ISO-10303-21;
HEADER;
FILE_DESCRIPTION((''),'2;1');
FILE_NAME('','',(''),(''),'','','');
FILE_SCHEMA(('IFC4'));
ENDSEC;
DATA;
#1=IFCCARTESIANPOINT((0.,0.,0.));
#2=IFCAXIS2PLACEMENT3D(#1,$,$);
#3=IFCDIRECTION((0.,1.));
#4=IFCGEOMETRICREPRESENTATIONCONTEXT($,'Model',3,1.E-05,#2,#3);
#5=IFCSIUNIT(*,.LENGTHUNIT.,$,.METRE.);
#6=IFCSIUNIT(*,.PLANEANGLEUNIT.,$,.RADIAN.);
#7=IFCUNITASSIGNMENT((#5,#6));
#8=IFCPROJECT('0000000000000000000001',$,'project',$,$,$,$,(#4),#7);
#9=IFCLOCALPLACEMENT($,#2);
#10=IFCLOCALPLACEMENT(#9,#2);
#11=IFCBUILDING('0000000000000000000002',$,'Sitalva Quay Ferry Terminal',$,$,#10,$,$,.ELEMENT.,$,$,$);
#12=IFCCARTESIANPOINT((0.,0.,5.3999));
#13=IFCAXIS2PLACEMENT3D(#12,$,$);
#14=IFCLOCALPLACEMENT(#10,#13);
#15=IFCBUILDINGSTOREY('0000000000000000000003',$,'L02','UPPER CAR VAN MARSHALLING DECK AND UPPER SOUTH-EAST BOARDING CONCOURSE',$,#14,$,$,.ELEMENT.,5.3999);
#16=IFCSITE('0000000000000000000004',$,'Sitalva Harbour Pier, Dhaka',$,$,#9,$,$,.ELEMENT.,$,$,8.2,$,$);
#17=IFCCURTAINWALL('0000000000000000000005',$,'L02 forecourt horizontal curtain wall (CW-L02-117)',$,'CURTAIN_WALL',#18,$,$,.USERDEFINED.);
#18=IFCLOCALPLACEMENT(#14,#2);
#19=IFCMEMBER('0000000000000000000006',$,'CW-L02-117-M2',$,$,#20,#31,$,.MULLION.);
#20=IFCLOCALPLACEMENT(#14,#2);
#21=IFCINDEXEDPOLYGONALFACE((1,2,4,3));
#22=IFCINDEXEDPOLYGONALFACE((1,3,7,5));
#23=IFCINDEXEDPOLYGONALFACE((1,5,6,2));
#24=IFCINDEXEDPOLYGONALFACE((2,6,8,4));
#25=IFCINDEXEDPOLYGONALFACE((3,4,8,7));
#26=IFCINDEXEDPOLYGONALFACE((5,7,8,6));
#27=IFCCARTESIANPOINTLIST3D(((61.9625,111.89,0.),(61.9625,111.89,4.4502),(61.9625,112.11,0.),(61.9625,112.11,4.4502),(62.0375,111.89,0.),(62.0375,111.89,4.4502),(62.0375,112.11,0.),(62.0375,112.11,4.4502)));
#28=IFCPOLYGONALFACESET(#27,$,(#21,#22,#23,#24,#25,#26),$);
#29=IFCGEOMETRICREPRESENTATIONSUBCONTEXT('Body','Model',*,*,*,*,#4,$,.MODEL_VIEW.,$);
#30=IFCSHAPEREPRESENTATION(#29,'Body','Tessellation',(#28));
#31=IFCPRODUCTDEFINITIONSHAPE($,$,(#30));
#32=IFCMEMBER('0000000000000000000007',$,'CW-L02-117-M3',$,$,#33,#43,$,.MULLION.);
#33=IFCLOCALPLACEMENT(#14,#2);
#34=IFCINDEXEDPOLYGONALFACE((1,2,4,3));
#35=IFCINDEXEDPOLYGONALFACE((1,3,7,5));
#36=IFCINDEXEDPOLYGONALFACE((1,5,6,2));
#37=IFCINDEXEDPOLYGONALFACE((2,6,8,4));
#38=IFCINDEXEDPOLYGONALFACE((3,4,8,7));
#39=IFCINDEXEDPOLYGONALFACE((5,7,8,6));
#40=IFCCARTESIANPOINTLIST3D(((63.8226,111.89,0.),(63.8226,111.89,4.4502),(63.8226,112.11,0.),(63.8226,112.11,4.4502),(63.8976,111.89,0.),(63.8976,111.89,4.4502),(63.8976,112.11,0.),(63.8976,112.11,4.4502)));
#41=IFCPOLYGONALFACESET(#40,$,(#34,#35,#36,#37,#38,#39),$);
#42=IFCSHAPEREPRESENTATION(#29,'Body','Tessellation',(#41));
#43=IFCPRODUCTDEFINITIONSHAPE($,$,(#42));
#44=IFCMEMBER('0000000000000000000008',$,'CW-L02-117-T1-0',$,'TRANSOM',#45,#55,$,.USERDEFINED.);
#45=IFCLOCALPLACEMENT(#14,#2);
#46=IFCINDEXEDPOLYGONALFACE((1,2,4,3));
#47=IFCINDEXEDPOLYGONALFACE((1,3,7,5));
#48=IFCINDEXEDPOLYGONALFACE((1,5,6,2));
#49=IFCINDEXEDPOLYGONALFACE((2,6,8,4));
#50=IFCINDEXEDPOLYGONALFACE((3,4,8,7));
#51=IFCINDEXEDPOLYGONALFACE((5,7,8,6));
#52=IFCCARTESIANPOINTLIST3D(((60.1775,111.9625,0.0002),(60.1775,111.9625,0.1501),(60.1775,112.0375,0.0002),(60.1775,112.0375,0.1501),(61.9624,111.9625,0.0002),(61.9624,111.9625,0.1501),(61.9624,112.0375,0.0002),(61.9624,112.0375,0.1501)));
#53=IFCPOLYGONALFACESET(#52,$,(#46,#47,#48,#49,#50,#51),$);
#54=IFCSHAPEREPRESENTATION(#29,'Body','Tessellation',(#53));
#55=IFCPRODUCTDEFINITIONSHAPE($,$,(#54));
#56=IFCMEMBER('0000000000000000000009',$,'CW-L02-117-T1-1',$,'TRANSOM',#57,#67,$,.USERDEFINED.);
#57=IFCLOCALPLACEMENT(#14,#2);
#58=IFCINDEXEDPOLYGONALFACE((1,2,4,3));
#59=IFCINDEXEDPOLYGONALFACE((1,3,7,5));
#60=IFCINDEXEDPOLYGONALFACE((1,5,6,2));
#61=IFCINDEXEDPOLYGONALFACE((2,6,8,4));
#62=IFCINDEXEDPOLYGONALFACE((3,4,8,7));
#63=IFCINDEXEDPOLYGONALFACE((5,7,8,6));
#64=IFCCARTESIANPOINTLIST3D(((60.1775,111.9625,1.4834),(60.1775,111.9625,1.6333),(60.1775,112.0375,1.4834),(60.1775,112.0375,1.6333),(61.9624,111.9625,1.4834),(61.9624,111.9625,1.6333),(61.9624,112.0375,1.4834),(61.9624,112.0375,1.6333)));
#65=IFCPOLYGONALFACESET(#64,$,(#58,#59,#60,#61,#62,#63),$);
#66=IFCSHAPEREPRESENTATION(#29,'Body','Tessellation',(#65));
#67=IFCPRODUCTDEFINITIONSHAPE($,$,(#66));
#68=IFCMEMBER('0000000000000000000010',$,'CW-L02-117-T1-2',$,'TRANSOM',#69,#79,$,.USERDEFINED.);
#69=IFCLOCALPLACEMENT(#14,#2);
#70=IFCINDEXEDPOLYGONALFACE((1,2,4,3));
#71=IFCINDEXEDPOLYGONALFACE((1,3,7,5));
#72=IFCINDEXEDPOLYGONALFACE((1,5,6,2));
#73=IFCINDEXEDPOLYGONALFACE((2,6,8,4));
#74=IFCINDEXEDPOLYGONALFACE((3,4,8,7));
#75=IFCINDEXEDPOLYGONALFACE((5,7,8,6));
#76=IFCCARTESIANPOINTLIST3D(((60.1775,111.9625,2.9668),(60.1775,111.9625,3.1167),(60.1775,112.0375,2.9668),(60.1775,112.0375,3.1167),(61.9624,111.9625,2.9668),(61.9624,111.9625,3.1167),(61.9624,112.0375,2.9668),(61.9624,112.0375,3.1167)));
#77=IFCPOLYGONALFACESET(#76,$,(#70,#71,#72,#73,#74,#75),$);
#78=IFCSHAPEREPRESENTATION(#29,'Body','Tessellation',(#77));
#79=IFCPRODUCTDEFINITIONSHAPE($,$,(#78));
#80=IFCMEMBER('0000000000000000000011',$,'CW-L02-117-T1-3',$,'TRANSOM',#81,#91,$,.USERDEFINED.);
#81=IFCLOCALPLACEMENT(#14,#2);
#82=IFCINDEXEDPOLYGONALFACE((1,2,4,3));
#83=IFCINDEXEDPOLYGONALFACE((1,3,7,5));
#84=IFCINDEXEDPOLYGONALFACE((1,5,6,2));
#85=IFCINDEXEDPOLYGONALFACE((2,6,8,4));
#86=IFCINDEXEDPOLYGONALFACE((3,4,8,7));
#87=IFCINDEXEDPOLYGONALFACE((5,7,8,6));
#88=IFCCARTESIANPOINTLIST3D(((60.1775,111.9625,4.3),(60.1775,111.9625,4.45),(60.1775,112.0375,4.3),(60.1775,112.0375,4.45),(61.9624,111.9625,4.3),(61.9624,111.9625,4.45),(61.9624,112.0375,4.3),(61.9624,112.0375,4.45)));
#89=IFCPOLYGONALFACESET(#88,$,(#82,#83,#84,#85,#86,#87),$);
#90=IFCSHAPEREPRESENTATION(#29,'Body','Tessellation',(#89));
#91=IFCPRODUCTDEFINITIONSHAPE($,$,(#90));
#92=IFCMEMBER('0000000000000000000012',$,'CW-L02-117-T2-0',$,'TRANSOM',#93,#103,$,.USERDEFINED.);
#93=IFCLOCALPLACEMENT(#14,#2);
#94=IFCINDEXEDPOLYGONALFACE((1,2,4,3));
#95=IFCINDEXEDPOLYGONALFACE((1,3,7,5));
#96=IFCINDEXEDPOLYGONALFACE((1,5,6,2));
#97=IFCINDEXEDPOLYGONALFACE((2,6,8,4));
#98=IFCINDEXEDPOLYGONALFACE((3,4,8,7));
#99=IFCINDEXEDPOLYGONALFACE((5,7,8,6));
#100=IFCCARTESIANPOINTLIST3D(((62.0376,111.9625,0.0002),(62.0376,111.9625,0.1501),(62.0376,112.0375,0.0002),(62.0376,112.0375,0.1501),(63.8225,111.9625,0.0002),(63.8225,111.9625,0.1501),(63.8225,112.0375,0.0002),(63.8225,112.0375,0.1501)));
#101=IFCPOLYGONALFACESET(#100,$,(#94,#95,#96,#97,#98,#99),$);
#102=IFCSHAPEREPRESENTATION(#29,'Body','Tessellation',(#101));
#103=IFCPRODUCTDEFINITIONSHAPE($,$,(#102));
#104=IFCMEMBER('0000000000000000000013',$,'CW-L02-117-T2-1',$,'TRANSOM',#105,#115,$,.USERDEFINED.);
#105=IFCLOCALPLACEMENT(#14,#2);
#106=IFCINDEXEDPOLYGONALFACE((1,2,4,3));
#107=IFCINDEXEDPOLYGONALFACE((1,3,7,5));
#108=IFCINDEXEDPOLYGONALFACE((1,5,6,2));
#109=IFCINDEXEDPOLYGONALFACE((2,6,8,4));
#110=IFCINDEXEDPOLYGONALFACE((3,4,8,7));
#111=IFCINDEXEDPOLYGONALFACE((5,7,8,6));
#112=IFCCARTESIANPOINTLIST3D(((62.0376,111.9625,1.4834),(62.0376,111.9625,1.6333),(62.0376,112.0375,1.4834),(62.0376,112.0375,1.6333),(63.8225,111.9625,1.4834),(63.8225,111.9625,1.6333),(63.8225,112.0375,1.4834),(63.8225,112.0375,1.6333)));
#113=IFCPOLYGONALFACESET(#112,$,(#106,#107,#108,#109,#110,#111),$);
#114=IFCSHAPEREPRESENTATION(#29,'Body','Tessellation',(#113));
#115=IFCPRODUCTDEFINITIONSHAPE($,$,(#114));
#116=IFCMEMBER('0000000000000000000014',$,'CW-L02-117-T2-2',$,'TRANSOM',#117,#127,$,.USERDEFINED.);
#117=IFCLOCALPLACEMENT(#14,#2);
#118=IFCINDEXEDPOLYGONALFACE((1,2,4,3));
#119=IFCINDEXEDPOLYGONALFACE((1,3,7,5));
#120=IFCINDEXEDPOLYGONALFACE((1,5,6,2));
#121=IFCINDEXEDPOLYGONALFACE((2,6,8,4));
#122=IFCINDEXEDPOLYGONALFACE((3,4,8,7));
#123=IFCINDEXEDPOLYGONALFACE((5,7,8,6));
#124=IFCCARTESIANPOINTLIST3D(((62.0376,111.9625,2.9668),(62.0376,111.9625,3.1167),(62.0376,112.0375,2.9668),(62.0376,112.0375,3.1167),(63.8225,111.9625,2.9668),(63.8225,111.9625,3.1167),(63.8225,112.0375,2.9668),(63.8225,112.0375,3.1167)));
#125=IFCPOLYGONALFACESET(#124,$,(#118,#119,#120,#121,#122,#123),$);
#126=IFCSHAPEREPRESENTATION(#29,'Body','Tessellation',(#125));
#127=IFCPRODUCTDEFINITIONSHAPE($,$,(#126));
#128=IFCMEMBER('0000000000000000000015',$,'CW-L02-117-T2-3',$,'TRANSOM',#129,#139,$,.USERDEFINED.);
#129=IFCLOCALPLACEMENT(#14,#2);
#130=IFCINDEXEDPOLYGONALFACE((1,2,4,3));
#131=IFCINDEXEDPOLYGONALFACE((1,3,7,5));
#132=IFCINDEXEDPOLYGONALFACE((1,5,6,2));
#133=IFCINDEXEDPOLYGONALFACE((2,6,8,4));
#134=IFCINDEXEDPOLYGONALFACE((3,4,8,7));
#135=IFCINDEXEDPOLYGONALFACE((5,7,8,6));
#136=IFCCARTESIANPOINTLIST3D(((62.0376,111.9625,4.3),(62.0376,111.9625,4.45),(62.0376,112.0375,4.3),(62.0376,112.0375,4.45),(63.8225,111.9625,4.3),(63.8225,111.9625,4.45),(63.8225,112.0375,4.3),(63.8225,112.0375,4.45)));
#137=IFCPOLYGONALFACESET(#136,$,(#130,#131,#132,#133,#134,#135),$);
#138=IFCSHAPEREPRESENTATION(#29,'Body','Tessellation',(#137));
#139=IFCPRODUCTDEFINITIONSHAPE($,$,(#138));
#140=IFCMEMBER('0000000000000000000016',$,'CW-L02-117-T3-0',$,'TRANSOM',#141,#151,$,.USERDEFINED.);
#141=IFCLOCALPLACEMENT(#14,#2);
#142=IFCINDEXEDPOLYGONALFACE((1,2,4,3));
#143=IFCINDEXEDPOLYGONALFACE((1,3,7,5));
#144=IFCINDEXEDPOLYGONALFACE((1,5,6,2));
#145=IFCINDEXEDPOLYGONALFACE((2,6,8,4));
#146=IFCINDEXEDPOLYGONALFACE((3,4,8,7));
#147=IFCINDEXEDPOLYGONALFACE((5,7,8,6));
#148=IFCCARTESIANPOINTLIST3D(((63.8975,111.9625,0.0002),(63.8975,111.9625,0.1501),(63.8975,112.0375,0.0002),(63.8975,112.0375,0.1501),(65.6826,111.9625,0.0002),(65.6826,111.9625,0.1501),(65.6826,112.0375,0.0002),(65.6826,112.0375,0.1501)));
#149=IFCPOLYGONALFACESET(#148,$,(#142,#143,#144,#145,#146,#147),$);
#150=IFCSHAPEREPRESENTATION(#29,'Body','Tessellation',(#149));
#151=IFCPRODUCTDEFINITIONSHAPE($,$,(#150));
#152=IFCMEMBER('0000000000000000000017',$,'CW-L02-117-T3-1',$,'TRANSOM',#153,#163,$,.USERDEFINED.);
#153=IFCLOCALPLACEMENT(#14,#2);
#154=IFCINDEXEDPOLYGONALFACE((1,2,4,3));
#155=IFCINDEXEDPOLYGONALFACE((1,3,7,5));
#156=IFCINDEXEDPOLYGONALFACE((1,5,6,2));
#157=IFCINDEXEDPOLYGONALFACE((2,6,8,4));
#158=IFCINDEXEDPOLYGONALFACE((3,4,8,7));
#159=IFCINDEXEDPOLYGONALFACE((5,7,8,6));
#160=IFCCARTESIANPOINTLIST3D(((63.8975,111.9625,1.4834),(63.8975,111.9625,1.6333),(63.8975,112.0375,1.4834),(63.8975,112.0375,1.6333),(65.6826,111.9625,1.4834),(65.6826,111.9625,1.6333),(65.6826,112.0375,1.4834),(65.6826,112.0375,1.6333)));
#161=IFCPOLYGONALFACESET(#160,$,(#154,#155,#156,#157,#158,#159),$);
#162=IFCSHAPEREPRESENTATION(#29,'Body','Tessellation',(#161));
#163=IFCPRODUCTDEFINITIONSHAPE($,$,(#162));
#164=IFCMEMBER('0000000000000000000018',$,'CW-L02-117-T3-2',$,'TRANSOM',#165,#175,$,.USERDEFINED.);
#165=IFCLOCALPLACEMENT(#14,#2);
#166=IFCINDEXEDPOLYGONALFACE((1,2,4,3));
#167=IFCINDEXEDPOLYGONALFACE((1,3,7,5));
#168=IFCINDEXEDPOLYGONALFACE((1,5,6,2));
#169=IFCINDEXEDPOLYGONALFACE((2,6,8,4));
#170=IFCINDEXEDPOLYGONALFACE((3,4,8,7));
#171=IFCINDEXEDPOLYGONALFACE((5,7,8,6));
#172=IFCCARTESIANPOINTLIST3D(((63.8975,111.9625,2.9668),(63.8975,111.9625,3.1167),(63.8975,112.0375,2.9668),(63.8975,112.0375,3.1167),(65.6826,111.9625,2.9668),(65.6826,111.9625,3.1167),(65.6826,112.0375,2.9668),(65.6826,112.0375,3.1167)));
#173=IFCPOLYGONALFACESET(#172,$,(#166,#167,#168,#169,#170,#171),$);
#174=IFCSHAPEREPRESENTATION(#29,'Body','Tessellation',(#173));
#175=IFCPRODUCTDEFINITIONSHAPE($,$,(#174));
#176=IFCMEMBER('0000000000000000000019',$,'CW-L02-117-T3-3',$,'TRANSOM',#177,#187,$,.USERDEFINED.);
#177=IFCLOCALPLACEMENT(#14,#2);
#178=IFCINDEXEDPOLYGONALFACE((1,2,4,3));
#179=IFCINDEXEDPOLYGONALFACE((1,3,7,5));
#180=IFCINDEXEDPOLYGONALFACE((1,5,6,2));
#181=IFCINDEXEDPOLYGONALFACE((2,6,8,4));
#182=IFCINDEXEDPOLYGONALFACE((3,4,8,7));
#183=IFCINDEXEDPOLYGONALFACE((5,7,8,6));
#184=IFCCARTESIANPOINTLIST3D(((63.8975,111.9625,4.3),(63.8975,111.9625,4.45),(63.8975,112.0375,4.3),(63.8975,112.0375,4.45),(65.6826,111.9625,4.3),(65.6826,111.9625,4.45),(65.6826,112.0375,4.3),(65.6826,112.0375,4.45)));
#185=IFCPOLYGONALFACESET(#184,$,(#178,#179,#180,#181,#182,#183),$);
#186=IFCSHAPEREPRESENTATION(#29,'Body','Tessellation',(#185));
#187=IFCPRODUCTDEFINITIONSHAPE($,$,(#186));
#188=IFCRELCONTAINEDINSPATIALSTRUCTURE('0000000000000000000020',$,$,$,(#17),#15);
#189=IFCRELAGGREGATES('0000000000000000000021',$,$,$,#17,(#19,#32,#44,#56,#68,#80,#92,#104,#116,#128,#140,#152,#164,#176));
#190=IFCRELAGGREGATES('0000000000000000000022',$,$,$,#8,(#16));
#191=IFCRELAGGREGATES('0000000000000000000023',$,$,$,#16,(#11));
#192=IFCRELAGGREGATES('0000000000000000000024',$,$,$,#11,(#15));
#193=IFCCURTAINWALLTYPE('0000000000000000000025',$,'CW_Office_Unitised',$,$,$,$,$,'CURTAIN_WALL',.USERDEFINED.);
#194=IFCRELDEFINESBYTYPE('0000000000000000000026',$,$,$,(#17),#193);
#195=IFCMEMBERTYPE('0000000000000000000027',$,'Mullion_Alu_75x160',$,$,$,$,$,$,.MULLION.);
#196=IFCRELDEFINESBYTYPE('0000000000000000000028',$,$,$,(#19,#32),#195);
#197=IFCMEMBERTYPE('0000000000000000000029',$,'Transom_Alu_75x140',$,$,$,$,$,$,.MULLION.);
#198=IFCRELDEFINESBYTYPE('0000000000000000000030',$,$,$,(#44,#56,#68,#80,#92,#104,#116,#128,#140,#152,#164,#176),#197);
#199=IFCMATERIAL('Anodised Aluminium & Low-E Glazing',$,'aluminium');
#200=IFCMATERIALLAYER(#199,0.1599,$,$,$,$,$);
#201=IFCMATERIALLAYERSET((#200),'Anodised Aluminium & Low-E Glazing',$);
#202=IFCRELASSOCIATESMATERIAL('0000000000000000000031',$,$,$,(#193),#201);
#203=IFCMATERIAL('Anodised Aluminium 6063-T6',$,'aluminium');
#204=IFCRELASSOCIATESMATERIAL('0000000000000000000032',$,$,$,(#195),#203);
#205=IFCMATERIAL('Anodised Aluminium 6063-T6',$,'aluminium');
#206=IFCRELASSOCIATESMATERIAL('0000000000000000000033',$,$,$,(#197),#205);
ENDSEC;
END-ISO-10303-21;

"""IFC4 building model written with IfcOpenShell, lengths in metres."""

from ifc_helpers import new_model, si_unit, direction, frame, origin, origin_2d, place, context, subcontext, project, spatial, rectangle, extrude, material, layer, layer_set, material_profile, profile_set, type_object, element, aggregate, save


model = new_model("IFC4")

# Units and contexts
model_context = context("Model", 3, precision=1e-05, world=origin(), true_north=direction((0.0, 1.0)))
body_context = subcontext(model_context, "Body", "Model", "MODEL_VIEW")
ifc_project = project(units=[si_unit("LENGTHUNIT", "METRE"), si_unit("PLANEANGLEUNIT", "RADIAN")], contexts=[model_context])

# Site, building, storey
site_placement = place(None, origin())
site = spatial("IfcSite", under=ifc_project, at=site_placement, Name="Sitalva Harbour Pier, Dhaka", CompositionType="ELEMENT", RefElevation=8.2)
building_placement = place(site_placement, origin())
building = spatial("IfcBuilding", under=site, at=building_placement, Name="Sitalva Quay Ferry Terminal", CompositionType="ELEMENT")
storey_placement = place(building_placement, frame((0.0, 0.0, 5.3999)))
storey = spatial("IfcBuildingStorey", under=building, at=storey_placement, Name="L02", Description="UPPER CAR VAN MARSHALLING DECK AND UPPER SOUTH-EAST BOARDING CONCOURSE", CompositionType="ELEMENT", Elevation=5.3999)

# Curtain wall, members
ifc_material_1 = material(Name="Anodised Aluminium & Low-E Glazing", Category="aluminium")
ifc_layer_1 = layer(ifc_material_1, 0.1599)
ifc_layer_set_1 = layer_set([ifc_layer_1], Name="Anodised Aluminium & Low-E Glazing")
curtain_wall_type = type_object("IfcCurtainWallType", Name="CW_Office_Unitised", ElementType="CURTAIN_WALL", PredefinedType="USERDEFINED", material=ifc_layer_set_1)
curtain_wall_placement = place(storey_placement, origin())
curtain_wall = element("IfcCurtainWall", 1, at=curtain_wall_placement, inside=storey, type_object=curtain_wall_type, Name="L02 forecourt horizontal curtain wall (CW-L02-117)", ObjectType="CURTAIN_WALL", PredefinedType="USERDEFINED")
ifc_material_2 = material(Name="Anodised Aluminium 6063-T6", Category="aluminium")
ifc_material_profile_1 = material_profile(ifc_material_2, rectangle(XDim=0.075, YDim=0.22, at=origin_2d()), Name="ALU75x220")
ifc_profile_set_1 = profile_set([ifc_material_profile_1], Name="Anodised Aluminium 6063-T6")
member_type_1 = type_object("IfcMemberType", Name="Mullion_Alu_75x160", PredefinedType="MULLION", material=ifc_profile_set_1)
member_1_placement = place(storey_placement, frame((62.0, 112.0, 0.0), z_axis=(0.0, 0.0, 1.0), x_axis=(1.0, 0.0, 0.0)))
member_1 = element("IfcMember", 2, at=member_1_placement, type_object=member_type_1, Name="CW-L02-117-M2", PredefinedType="MULLION", context=body_context, shape_type="SweptSolid", body=[
    extrude(rectangle(XDim=0.075, YDim=0.22, at=origin_2d()), origin(), (0.0, 0.0, 1.0), 4.4502),
])
member_2_placement = place(storey_placement, frame((63.8601, 112.0, 0.0), z_axis=(0.0, 0.0, 1.0), x_axis=(1.0, 0.0, 0.0)))
member_2 = element("IfcMember", 3, at=member_2_placement, type_object=member_type_1, Name="CW-L02-117-M3", PredefinedType="MULLION", context=body_context, shape_type="SweptSolid", body=[
    extrude(rectangle(XDim=0.075, YDim=0.22, at=origin_2d()), origin(), (0.0, 0.0, 1.0), 4.4502),
])
ifc_material_3 = material(Name="Anodised Aluminium 6063-T6", Category="aluminium")
ifc_material_profile_2 = material_profile(ifc_material_3, rectangle(XDim=0.075, YDim=0.1499, at=origin_2d()), Name="ALU75x150")
ifc_profile_set_2 = profile_set([ifc_material_profile_2], Name="Anodised Aluminium 6063-T6")
member_type_2 = type_object("IfcMemberType", Name="Transom_Alu_75x140", PredefinedType="MULLION", material=ifc_profile_set_2)
member_3_placement = place(storey_placement, frame((60.1775, 112.0, 0.0752), z_axis=(1.0, 0.0, 0.0), x_axis=(0.0, 1.0, 0.0)))
member_3 = element("IfcMember", 4, at=member_3_placement, type_object=member_type_2, Name="CW-L02-117-T1-0", ObjectType="TRANSOM", PredefinedType="USERDEFINED", context=body_context, shape_type="SweptSolid", body=[
    extrude(rectangle(XDim=0.075, YDim=0.1499, at=origin_2d()), origin(), (0.0, 0.0, 1.0), 1.7849),
])
member_4_placement = place(storey_placement, frame((60.1775, 112.0, 1.5583), z_axis=(1.0, 0.0, 0.0), x_axis=(0.0, 1.0, 0.0)))
member_4 = element("IfcMember", 5, at=member_4_placement, type_object=member_type_2, Name="CW-L02-117-T1-1", ObjectType="TRANSOM", PredefinedType="USERDEFINED", context=body_context, shape_type="SweptSolid", body=[
    extrude(rectangle(XDim=0.075, YDim=0.1499, at=origin_2d()), origin(), (0.0, 0.0, 1.0), 1.7849),
])
member_5_placement = place(storey_placement, frame((60.1775, 112.0, 3.0417), z_axis=(1.0, 0.0, 0.0), x_axis=(0.0, 1.0, 0.0)))
member_5 = element("IfcMember", 6, at=member_5_placement, type_object=member_type_2, Name="CW-L02-117-T1-2", ObjectType="TRANSOM", PredefinedType="USERDEFINED", context=body_context, shape_type="SweptSolid", body=[
    extrude(rectangle(XDim=0.075, YDim=0.1499, at=origin_2d()), origin(), (0.0, 0.0, 1.0), 1.7849),
])
member_6_placement = place(storey_placement, frame((60.1775, 112.0, 4.375), z_axis=(1.0, 0.0, 0.0), x_axis=(0.0, 1.0, 0.0)))
member_6 = element("IfcMember", 7, at=member_6_placement, type_object=member_type_2, Name="CW-L02-117-T1-3", ObjectType="TRANSOM", PredefinedType="USERDEFINED", context=body_context, shape_type="SweptSolid", body=[
    extrude(rectangle(XDim=0.075, YDim=0.1499, at=origin_2d()), origin(), (0.0, 0.0, 1.0), 1.7849),
])
member_7_placement = place(storey_placement, frame((62.0376, 112.0, 0.0752), z_axis=(1.0, 0.0, 0.0), x_axis=(0.0, 1.0, 0.0)))
member_7 = element("IfcMember", 8, at=member_7_placement, type_object=member_type_2, Name="CW-L02-117-T2-0", ObjectType="TRANSOM", PredefinedType="USERDEFINED", context=body_context, shape_type="SweptSolid", body=[
    extrude(rectangle(XDim=0.075, YDim=0.1499, at=origin_2d()), origin(), (0.0, 0.0, 1.0), 1.7849),
])
member_8_placement = place(storey_placement, frame((62.0376, 112.0, 1.5583), z_axis=(1.0, 0.0, 0.0), x_axis=(0.0, 1.0, 0.0)))
member_8 = element("IfcMember", 9, at=member_8_placement, type_object=member_type_2, Name="CW-L02-117-T2-1", ObjectType="TRANSOM", PredefinedType="USERDEFINED", context=body_context, shape_type="SweptSolid", body=[
    extrude(rectangle(XDim=0.075, YDim=0.1499, at=origin_2d()), origin(), (0.0, 0.0, 1.0), 1.7849),
])
member_9_placement = place(storey_placement, frame((62.0376, 112.0, 3.0417), z_axis=(1.0, 0.0, 0.0), x_axis=(0.0, 1.0, 0.0)))
member_9 = element("IfcMember", 10, at=member_9_placement, type_object=member_type_2, Name="CW-L02-117-T2-2", ObjectType="TRANSOM", PredefinedType="USERDEFINED", context=body_context, shape_type="SweptSolid", body=[
    extrude(rectangle(XDim=0.075, YDim=0.1499, at=origin_2d()), origin(), (0.0, 0.0, 1.0), 1.7849),
])
member_10_placement = place(storey_placement, frame((62.0376, 112.0, 4.375), z_axis=(1.0, 0.0, 0.0), x_axis=(0.0, 1.0, 0.0)))
member_10 = element("IfcMember", 11, at=member_10_placement, type_object=member_type_2, Name="CW-L02-117-T2-3", ObjectType="TRANSOM", PredefinedType="USERDEFINED", context=body_context, shape_type="SweptSolid", body=[
    extrude(rectangle(XDim=0.075, YDim=0.1499, at=origin_2d()), origin(), (0.0, 0.0, 1.0), 1.7849),
])
member_11_placement = place(storey_placement, frame((63.8975, 112.0, 0.0752), z_axis=(1.0, 0.0, 0.0), x_axis=(0.0, 1.0, 0.0)))
member_11 = element("IfcMember", 12, at=member_11_placement, type_object=member_type_2, Name="CW-L02-117-T3-0", ObjectType="TRANSOM", PredefinedType="USERDEFINED", context=body_context, shape_type="SweptSolid", body=[
    extrude(rectangle(XDim=0.075, YDim=0.1499, at=origin_2d()), origin(), (0.0, 0.0, 1.0), 1.7852),
])
member_12_placement = place(storey_placement, frame((63.8975, 112.0, 1.5583), z_axis=(1.0, 0.0, 0.0), x_axis=(0.0, 1.0, 0.0)))
member_12 = element("IfcMember", 13, at=member_12_placement, type_object=member_type_2, Name="CW-L02-117-T3-1", ObjectType="TRANSOM", PredefinedType="USERDEFINED", context=body_context, shape_type="SweptSolid", body=[
    extrude(rectangle(XDim=0.075, YDim=0.1499, at=origin_2d()), origin(), (0.0, 0.0, 1.0), 1.7852),
])
member_13_placement = place(storey_placement, frame((63.8975, 112.0, 3.0417), z_axis=(1.0, 0.0, 0.0), x_axis=(0.0, 1.0, 0.0)))
member_13 = element("IfcMember", 14, at=member_13_placement, type_object=member_type_2, Name="CW-L02-117-T3-2", ObjectType="TRANSOM", PredefinedType="USERDEFINED", context=body_context, shape_type="SweptSolid", body=[
    extrude(rectangle(XDim=0.075, YDim=0.1499, at=origin_2d()), origin(), (0.0, 0.0, 1.0), 1.7852),
])
member_14_placement = place(storey_placement, frame((63.8975, 112.0, 4.375), z_axis=(1.0, 0.0, 0.0), x_axis=(0.0, 1.0, 0.0)))
member_14 = element("IfcMember", 15, at=member_14_placement, type_object=member_type_2, Name="CW-L02-117-T3-3", ObjectType="TRANSOM", PredefinedType="USERDEFINED", context=body_context, shape_type="SweptSolid", body=[
    extrude(rectangle(XDim=0.075, YDim=0.1499, at=origin_2d()), origin(), (0.0, 0.0, 1.0), 1.7852),
])
aggregate(curtain_wall, [member_1, member_2, member_3, member_4, member_5, member_6, member_7, member_8, member_9, member_10, member_11, member_12, member_13, member_14])

save(model, "model.ifc")
